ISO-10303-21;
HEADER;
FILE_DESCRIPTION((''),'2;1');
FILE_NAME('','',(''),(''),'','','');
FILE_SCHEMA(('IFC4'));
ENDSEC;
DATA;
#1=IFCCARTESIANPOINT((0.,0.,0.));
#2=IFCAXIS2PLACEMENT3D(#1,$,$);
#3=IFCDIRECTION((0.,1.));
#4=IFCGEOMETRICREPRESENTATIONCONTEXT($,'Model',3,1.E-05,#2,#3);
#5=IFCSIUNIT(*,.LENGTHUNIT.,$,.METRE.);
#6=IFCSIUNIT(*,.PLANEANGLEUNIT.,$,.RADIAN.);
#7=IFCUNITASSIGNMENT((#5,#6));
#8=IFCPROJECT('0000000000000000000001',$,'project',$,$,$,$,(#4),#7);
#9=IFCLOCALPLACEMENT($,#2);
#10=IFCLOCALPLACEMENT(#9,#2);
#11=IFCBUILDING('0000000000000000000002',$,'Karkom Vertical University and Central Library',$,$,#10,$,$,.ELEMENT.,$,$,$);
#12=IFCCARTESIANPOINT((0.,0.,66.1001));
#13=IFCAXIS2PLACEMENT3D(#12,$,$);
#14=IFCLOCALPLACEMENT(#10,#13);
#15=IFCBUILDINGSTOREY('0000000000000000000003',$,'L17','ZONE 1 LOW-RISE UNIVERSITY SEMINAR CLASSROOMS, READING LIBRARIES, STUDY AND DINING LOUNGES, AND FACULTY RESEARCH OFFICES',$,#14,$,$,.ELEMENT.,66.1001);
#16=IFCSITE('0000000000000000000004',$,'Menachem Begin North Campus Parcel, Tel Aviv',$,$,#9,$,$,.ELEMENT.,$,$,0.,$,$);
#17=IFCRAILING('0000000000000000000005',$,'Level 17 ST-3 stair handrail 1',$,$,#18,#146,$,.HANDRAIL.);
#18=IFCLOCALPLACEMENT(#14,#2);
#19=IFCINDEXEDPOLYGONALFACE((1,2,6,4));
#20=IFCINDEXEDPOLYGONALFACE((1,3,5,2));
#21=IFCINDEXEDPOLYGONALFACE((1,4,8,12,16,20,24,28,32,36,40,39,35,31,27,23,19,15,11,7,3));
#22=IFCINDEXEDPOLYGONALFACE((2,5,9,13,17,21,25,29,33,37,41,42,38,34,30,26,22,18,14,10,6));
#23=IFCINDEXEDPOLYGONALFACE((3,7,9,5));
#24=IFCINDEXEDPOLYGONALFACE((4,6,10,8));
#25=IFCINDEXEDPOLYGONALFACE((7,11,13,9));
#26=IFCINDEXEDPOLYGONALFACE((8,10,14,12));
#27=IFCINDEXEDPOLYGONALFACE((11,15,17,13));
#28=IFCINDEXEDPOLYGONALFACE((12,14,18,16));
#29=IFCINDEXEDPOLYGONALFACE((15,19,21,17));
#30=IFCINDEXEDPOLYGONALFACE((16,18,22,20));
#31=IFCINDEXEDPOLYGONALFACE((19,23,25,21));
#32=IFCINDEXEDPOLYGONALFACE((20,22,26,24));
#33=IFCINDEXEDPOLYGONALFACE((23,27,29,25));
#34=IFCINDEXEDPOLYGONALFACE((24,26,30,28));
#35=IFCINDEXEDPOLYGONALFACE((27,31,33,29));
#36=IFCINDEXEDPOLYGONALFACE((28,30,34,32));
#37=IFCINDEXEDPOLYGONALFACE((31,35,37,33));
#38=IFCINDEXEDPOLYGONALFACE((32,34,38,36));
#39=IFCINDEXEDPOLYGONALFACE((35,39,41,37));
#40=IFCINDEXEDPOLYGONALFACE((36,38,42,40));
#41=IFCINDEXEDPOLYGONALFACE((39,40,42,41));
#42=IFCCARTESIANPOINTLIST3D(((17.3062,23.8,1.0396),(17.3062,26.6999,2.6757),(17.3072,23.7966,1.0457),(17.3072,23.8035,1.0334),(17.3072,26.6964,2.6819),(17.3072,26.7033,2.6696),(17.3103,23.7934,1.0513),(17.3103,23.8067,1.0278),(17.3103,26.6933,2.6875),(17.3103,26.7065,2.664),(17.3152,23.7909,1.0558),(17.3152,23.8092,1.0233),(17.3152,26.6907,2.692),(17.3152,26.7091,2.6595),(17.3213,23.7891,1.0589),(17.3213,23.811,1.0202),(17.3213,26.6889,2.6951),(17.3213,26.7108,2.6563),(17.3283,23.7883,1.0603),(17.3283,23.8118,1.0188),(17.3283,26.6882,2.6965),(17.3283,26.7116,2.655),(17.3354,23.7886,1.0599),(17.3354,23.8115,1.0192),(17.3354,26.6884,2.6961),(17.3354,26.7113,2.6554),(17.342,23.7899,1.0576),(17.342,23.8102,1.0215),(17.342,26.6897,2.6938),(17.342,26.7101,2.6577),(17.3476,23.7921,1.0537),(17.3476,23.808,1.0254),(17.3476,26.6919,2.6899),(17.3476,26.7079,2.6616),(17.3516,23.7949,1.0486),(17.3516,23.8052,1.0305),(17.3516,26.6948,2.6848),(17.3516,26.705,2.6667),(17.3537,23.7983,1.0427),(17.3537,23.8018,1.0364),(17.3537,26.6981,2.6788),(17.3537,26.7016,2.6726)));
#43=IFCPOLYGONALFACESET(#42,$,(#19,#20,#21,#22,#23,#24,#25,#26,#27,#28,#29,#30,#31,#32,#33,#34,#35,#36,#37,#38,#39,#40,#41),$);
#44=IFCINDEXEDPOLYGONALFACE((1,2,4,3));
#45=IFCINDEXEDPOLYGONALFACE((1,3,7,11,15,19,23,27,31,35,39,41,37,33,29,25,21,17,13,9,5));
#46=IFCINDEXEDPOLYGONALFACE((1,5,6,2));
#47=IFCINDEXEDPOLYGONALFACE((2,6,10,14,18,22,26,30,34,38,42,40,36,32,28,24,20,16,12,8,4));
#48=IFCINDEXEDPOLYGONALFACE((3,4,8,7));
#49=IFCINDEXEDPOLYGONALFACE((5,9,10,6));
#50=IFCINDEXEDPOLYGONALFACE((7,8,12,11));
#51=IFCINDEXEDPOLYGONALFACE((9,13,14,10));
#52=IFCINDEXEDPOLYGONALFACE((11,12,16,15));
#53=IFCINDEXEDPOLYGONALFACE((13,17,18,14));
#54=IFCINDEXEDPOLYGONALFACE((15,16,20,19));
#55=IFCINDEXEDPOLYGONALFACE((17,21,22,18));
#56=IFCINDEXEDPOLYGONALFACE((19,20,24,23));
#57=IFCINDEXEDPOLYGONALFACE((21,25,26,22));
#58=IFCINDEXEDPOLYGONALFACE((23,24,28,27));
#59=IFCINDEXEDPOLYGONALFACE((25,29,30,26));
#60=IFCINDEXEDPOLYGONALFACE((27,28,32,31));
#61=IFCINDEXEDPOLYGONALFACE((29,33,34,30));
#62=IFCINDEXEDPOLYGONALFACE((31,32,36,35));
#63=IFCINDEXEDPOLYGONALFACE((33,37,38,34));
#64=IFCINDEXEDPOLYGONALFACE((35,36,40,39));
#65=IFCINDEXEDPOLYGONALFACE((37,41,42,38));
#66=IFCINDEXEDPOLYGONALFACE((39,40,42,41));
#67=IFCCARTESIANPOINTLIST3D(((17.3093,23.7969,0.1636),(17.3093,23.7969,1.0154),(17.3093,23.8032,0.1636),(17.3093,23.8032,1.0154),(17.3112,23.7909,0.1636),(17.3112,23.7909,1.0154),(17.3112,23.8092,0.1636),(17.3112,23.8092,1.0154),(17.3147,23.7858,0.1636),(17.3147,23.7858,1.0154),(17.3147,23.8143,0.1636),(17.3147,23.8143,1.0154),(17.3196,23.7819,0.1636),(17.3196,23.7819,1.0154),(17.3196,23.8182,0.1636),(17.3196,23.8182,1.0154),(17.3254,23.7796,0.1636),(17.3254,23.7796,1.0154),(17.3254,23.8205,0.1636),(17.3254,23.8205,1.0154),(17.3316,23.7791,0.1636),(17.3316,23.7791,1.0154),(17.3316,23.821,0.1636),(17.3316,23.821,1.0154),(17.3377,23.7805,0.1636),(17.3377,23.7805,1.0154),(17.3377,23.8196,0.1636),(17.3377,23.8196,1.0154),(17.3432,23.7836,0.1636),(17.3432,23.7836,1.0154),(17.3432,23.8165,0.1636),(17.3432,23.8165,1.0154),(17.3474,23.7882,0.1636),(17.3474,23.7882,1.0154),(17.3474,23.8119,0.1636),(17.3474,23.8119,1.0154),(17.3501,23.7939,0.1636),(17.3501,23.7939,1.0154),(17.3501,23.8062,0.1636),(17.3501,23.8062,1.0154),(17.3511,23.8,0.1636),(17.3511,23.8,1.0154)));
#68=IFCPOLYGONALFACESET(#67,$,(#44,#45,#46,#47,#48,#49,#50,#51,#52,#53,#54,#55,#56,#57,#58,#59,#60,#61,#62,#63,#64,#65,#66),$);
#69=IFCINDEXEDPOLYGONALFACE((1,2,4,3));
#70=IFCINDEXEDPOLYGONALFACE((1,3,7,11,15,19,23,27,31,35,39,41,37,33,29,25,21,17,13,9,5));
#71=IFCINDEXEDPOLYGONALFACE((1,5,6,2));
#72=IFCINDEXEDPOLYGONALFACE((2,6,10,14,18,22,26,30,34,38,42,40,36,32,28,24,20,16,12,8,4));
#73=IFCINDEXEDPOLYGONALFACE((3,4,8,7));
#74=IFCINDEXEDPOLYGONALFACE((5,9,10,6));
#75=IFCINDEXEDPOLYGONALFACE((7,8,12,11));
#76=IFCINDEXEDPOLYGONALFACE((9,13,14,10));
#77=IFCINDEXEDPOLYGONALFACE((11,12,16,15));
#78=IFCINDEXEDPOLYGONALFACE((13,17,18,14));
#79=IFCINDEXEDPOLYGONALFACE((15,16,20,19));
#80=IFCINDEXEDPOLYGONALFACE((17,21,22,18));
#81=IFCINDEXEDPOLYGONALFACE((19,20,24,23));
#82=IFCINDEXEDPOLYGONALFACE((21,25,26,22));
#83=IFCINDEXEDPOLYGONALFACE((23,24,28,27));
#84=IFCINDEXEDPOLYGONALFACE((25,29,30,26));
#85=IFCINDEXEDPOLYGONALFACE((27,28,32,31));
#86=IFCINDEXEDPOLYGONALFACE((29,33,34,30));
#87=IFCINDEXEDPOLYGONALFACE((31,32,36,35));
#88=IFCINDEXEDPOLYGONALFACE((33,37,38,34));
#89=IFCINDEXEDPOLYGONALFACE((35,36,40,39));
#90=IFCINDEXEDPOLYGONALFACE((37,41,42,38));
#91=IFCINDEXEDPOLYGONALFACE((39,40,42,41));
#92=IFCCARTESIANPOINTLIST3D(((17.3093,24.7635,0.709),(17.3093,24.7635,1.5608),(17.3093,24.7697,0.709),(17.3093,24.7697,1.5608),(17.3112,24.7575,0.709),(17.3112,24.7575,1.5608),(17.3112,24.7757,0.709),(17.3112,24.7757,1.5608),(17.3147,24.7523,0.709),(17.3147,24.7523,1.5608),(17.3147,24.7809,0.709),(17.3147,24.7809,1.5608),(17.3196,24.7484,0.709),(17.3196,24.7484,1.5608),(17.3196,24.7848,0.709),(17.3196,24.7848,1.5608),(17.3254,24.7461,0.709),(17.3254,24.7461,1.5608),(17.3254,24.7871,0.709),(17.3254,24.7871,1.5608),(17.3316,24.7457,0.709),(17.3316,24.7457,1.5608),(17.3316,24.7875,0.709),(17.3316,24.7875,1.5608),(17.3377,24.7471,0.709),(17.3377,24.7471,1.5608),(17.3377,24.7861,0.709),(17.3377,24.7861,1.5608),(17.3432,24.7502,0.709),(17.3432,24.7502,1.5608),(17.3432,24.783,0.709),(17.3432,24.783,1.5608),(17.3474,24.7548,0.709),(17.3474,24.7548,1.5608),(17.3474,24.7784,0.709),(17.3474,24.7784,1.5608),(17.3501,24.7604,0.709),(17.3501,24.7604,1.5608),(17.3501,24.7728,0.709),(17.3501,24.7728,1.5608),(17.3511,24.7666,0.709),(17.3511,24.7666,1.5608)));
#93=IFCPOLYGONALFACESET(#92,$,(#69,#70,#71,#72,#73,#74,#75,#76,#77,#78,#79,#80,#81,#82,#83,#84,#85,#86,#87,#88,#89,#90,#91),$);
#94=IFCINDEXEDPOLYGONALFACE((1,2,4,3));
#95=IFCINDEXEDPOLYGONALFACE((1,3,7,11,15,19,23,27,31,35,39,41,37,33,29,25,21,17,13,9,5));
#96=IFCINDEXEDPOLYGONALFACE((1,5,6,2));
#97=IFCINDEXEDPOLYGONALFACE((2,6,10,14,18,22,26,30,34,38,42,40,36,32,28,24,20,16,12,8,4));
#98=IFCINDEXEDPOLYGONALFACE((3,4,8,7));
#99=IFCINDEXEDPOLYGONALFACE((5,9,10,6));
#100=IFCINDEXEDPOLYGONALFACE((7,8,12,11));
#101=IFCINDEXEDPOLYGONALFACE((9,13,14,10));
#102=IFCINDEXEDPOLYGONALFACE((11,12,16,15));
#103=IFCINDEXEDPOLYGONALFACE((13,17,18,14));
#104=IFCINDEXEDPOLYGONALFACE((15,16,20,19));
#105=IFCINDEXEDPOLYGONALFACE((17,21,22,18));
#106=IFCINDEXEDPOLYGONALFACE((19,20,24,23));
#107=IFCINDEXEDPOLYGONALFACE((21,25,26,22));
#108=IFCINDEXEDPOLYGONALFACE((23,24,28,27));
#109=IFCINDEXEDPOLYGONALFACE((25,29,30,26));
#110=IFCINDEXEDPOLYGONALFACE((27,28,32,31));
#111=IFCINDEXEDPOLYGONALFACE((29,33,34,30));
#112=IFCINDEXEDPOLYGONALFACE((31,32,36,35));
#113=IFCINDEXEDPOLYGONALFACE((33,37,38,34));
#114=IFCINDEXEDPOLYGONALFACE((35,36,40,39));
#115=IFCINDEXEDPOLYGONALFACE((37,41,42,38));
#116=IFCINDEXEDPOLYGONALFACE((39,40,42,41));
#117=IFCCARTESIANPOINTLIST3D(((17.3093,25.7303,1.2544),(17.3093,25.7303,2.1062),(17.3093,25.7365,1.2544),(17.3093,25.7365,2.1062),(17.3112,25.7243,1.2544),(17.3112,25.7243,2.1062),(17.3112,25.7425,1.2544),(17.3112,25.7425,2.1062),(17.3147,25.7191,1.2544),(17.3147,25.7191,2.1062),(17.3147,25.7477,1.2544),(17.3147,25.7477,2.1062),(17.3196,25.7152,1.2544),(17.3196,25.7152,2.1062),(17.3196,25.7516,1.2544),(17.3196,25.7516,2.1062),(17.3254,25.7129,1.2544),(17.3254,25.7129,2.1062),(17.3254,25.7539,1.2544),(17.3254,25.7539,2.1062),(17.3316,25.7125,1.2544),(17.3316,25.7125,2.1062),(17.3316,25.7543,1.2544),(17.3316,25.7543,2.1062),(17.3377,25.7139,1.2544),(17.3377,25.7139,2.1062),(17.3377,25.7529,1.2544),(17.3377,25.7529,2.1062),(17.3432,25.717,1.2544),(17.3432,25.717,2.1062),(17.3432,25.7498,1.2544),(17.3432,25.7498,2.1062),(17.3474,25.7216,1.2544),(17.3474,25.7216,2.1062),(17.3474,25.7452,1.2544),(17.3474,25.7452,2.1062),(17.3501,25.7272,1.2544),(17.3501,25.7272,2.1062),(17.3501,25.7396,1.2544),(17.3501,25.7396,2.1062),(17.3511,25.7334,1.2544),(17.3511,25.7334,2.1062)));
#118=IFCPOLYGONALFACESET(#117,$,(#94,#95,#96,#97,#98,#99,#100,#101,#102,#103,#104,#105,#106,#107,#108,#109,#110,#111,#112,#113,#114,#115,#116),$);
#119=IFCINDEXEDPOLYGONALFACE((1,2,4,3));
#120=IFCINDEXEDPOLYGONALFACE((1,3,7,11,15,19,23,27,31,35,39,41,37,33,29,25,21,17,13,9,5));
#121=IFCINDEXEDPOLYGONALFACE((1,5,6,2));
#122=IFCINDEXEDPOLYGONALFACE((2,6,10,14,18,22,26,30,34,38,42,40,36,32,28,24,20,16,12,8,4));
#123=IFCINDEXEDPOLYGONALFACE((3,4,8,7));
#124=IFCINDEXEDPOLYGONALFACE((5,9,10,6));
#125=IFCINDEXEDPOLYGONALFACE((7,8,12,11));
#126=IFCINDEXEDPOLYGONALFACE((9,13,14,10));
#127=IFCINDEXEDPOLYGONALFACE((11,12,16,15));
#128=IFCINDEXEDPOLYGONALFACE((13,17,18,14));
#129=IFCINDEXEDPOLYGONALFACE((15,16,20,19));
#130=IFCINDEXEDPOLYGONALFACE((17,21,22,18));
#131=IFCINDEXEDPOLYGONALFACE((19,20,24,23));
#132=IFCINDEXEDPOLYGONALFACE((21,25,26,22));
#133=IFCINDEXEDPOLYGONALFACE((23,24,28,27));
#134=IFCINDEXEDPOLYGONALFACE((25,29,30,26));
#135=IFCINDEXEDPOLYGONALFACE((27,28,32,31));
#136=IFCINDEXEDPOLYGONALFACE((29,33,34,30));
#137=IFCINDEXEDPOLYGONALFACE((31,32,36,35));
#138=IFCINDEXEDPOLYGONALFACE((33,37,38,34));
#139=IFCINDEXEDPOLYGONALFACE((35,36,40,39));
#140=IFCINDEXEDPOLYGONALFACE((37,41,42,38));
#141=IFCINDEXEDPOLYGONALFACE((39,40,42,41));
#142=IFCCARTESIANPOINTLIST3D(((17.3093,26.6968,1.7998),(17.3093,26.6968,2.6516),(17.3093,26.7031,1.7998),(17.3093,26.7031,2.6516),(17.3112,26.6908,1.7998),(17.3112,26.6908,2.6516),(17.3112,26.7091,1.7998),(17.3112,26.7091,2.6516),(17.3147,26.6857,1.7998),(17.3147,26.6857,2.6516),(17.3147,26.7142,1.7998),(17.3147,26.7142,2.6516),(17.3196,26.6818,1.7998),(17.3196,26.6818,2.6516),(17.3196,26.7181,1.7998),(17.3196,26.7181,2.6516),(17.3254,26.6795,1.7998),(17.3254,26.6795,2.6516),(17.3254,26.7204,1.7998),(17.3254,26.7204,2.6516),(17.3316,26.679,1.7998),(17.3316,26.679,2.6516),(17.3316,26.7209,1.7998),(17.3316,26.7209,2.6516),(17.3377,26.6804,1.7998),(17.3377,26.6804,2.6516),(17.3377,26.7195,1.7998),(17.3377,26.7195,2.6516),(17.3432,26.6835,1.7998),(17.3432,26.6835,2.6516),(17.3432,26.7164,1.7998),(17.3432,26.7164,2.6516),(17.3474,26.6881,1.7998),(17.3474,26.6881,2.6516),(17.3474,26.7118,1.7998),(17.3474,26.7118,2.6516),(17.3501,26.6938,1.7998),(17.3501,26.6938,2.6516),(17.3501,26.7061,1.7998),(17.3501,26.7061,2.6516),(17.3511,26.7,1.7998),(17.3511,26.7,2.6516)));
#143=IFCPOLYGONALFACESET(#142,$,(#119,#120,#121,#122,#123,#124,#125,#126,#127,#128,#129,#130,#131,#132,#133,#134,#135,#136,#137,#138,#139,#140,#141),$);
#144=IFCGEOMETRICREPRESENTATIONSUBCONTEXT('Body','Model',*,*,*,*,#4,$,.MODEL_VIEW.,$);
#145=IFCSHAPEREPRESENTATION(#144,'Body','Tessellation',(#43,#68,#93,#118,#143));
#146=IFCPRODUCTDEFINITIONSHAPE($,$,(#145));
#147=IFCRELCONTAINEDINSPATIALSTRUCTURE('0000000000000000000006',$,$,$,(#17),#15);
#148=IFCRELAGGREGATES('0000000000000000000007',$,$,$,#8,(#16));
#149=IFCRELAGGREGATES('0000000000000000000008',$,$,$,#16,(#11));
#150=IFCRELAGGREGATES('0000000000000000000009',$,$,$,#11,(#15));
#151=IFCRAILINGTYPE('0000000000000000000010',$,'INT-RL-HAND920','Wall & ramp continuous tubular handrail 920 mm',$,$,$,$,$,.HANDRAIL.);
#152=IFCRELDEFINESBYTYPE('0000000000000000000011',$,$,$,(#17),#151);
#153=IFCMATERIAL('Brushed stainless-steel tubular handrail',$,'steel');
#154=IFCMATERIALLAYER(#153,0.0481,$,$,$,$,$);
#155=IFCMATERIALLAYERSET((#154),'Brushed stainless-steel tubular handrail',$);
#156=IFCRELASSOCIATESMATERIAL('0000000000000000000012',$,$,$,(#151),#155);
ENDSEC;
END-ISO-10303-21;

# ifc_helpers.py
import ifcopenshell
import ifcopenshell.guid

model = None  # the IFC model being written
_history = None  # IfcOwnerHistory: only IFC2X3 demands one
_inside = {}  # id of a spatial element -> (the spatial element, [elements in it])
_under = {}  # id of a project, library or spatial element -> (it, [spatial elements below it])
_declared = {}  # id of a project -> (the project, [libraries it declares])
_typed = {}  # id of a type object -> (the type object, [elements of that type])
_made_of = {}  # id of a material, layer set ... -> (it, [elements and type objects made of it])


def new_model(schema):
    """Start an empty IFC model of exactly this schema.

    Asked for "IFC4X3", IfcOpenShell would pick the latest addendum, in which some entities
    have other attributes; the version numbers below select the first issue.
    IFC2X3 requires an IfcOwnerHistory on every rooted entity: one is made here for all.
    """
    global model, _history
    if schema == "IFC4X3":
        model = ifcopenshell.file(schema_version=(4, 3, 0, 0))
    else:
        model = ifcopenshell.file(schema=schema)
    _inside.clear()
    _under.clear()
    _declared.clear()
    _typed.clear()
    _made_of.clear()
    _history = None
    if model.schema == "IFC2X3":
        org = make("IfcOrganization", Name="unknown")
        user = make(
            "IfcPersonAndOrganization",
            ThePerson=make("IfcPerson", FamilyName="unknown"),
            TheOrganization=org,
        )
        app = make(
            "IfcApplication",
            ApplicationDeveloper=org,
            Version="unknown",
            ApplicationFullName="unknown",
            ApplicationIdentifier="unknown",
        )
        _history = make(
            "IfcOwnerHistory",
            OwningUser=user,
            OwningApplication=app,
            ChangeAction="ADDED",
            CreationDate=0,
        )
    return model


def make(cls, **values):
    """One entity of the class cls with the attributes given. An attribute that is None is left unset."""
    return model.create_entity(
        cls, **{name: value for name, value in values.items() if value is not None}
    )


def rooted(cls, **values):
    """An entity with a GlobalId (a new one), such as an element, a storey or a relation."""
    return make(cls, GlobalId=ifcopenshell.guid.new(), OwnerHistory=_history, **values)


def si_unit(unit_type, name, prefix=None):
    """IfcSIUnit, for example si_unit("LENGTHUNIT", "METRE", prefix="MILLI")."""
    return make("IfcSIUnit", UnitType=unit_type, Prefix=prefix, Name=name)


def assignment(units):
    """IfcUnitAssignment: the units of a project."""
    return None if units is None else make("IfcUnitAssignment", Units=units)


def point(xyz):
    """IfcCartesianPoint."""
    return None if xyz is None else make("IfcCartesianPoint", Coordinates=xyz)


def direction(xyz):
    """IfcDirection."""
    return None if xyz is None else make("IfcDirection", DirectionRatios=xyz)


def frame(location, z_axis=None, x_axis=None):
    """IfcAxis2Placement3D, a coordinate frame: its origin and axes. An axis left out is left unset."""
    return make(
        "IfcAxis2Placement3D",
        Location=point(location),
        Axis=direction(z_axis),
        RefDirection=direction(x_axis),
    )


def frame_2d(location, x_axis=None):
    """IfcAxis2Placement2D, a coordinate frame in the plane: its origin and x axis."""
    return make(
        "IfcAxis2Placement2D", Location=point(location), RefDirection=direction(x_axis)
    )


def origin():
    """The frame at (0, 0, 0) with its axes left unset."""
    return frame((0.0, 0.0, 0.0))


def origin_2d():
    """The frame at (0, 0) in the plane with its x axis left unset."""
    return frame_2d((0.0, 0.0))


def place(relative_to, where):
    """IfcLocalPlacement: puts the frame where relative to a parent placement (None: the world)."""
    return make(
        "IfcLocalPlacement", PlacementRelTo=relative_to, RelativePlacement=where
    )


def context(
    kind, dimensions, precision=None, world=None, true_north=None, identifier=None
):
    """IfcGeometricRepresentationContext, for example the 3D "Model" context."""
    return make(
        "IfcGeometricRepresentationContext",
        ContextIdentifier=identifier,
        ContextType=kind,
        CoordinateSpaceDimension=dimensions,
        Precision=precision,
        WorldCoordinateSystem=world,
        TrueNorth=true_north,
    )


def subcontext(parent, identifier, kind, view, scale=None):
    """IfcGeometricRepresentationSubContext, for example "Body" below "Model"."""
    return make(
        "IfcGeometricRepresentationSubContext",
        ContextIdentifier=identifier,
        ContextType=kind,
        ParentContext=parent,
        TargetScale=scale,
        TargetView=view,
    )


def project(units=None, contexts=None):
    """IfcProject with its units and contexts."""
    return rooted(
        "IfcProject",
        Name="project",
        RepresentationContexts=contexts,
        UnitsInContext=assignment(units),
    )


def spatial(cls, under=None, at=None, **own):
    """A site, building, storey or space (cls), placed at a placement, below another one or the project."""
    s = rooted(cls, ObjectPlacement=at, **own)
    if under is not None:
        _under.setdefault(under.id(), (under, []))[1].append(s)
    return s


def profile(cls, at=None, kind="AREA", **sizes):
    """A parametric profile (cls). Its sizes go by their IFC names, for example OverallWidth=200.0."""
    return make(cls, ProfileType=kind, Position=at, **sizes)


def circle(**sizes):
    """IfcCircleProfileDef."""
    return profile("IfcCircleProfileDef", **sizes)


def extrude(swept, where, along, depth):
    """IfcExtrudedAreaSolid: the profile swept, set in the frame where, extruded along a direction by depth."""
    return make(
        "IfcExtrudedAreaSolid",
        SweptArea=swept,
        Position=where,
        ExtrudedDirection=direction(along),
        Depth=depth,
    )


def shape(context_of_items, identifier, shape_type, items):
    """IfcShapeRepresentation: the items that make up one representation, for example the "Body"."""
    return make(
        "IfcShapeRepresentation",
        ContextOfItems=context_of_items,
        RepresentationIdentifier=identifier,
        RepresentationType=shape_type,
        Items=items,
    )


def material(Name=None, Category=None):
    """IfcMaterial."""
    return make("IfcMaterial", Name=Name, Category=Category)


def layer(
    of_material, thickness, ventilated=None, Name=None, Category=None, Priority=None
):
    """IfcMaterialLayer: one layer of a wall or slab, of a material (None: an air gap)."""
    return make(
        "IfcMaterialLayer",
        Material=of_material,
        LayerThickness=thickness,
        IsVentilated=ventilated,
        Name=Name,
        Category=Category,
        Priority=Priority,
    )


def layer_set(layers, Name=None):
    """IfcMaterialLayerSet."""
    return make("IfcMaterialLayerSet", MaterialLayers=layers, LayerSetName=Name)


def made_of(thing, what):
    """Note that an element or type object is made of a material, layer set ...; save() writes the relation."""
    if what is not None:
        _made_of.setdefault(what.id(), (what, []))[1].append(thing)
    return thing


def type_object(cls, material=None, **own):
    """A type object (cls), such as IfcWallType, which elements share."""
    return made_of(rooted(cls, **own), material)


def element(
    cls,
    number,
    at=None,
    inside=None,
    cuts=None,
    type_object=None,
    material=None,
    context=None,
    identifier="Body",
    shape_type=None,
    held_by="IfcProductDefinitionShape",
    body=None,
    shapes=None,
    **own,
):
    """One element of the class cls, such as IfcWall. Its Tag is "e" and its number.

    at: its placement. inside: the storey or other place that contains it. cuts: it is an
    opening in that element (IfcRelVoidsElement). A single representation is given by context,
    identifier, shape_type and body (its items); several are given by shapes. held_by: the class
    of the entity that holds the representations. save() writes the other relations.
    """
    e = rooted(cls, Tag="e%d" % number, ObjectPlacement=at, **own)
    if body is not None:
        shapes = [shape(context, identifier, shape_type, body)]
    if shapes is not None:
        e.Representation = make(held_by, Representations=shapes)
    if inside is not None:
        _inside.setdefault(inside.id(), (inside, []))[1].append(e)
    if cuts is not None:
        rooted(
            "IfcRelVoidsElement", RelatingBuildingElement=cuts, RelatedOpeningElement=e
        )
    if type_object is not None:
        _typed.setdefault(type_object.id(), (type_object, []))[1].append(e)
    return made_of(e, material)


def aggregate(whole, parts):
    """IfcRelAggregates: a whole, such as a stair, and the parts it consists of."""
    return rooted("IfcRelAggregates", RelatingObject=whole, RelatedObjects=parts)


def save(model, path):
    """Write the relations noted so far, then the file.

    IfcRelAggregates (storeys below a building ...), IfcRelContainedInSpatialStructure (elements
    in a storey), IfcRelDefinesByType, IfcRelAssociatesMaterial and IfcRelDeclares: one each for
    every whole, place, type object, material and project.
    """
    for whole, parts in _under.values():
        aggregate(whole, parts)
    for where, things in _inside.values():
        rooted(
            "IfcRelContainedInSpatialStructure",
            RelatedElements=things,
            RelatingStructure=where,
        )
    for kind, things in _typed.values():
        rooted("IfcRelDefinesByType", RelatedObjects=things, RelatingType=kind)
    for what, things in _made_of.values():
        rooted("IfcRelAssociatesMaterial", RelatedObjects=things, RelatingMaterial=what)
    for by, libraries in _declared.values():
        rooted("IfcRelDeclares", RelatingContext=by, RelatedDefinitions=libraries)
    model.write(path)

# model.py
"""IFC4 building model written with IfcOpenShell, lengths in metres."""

from ifc_helpers import new_model, si_unit, direction, frame, origin, origin_2d, place, context, subcontext, project, spatial, circle, extrude, material, layer, layer_set, type_object, element, save


model = new_model("IFC4")

# Units and contexts
model_context = context("Model", 3, precision=1e-05, world=origin(), true_north=direction((0.0, 1.0)))
body_context = subcontext(model_context, "Body", "Model", "MODEL_VIEW")
ifc_project = project(units=[si_unit("LENGTHUNIT", "METRE"), si_unit("PLANEANGLEUNIT", "RADIAN")], contexts=[model_context])

# Site, building, storey
site_placement = place(None, origin())
site = spatial("IfcSite", under=ifc_project, at=site_placement, Name="Menachem Begin North Campus Parcel, Tel Aviv", CompositionType="ELEMENT", RefElevation=0.0)
building_placement = place(site_placement, origin())
building = spatial("IfcBuilding", under=site, at=building_placement, Name="Karkom Vertical University and Central Library", CompositionType="ELEMENT")
storey_placement = place(building_placement, frame((0.0, 0.0, 66.1001)))
storey = spatial("IfcBuildingStorey", under=building, at=storey_placement, Name="L17", Description="ZONE 1 LOW-RISE UNIVERSITY SEMINAR CLASSROOMS, READING LIBRARIES, STUDY AND DINING LOUNGES, AND FACULTY RESEARCH OFFICES", CompositionType="ELEMENT", Elevation=66.1001)

# Railing
ifc_material_1 = material(Name="Brushed stainless-steel tubular handrail", Category="steel")
ifc_layer_1 = layer(ifc_material_1, 0.0481)
ifc_layer_set_1 = layer_set([ifc_layer_1], Name="Brushed stainless-steel tubular handrail")
railing_type_1 = type_object("IfcRailingType", Name="INT-RL-HAND920", Description="Wall & ramp continuous tubular handrail 920 mm", PredefinedType="HANDRAIL", material=ifc_layer_set_1)
railing_1_placement = place(storey_placement, frame((17.3301, 23.8, 0.1636)))
element("IfcRailing", 1, at=railing_1_placement, inside=storey, type_object=railing_type_1, Name="Level 17 ST-3 stair handrail 1", PredefinedType="HANDRAIL", context=body_context, shape_type="SweptSolid", body=[
    extrude(circle(Radius=0.0239, at=origin_2d()), frame((0.0, 0.0, 0.876), z_axis=(0.0, 0.870929, 0.49141), x_axis=(-1.0, 0.0, 0.0)), (0.0, 0.0, 1.0), 3.3296),
    extrude(circle(Radius=0.021, at=origin_2d()), origin(), (0.0, 0.0, 1.0), 0.8518),
    extrude(circle(Radius=0.021, at=origin_2d()), frame((0.0, 0.9666, 0.5454)), (0.0, 0.0, 1.0), 0.8518),
    extrude(circle(Radius=0.021, at=origin_2d()), frame((0.0, 1.9333, 1.0908)), (0.0, 0.0, 1.0), 0.8518),
    extrude(circle(Radius=0.021, at=origin_2d()), frame((0.0, 2.8999, 1.6362)), (0.0, 0.0, 1.0), 0.8518),
])

save(model, "model.ifc")
